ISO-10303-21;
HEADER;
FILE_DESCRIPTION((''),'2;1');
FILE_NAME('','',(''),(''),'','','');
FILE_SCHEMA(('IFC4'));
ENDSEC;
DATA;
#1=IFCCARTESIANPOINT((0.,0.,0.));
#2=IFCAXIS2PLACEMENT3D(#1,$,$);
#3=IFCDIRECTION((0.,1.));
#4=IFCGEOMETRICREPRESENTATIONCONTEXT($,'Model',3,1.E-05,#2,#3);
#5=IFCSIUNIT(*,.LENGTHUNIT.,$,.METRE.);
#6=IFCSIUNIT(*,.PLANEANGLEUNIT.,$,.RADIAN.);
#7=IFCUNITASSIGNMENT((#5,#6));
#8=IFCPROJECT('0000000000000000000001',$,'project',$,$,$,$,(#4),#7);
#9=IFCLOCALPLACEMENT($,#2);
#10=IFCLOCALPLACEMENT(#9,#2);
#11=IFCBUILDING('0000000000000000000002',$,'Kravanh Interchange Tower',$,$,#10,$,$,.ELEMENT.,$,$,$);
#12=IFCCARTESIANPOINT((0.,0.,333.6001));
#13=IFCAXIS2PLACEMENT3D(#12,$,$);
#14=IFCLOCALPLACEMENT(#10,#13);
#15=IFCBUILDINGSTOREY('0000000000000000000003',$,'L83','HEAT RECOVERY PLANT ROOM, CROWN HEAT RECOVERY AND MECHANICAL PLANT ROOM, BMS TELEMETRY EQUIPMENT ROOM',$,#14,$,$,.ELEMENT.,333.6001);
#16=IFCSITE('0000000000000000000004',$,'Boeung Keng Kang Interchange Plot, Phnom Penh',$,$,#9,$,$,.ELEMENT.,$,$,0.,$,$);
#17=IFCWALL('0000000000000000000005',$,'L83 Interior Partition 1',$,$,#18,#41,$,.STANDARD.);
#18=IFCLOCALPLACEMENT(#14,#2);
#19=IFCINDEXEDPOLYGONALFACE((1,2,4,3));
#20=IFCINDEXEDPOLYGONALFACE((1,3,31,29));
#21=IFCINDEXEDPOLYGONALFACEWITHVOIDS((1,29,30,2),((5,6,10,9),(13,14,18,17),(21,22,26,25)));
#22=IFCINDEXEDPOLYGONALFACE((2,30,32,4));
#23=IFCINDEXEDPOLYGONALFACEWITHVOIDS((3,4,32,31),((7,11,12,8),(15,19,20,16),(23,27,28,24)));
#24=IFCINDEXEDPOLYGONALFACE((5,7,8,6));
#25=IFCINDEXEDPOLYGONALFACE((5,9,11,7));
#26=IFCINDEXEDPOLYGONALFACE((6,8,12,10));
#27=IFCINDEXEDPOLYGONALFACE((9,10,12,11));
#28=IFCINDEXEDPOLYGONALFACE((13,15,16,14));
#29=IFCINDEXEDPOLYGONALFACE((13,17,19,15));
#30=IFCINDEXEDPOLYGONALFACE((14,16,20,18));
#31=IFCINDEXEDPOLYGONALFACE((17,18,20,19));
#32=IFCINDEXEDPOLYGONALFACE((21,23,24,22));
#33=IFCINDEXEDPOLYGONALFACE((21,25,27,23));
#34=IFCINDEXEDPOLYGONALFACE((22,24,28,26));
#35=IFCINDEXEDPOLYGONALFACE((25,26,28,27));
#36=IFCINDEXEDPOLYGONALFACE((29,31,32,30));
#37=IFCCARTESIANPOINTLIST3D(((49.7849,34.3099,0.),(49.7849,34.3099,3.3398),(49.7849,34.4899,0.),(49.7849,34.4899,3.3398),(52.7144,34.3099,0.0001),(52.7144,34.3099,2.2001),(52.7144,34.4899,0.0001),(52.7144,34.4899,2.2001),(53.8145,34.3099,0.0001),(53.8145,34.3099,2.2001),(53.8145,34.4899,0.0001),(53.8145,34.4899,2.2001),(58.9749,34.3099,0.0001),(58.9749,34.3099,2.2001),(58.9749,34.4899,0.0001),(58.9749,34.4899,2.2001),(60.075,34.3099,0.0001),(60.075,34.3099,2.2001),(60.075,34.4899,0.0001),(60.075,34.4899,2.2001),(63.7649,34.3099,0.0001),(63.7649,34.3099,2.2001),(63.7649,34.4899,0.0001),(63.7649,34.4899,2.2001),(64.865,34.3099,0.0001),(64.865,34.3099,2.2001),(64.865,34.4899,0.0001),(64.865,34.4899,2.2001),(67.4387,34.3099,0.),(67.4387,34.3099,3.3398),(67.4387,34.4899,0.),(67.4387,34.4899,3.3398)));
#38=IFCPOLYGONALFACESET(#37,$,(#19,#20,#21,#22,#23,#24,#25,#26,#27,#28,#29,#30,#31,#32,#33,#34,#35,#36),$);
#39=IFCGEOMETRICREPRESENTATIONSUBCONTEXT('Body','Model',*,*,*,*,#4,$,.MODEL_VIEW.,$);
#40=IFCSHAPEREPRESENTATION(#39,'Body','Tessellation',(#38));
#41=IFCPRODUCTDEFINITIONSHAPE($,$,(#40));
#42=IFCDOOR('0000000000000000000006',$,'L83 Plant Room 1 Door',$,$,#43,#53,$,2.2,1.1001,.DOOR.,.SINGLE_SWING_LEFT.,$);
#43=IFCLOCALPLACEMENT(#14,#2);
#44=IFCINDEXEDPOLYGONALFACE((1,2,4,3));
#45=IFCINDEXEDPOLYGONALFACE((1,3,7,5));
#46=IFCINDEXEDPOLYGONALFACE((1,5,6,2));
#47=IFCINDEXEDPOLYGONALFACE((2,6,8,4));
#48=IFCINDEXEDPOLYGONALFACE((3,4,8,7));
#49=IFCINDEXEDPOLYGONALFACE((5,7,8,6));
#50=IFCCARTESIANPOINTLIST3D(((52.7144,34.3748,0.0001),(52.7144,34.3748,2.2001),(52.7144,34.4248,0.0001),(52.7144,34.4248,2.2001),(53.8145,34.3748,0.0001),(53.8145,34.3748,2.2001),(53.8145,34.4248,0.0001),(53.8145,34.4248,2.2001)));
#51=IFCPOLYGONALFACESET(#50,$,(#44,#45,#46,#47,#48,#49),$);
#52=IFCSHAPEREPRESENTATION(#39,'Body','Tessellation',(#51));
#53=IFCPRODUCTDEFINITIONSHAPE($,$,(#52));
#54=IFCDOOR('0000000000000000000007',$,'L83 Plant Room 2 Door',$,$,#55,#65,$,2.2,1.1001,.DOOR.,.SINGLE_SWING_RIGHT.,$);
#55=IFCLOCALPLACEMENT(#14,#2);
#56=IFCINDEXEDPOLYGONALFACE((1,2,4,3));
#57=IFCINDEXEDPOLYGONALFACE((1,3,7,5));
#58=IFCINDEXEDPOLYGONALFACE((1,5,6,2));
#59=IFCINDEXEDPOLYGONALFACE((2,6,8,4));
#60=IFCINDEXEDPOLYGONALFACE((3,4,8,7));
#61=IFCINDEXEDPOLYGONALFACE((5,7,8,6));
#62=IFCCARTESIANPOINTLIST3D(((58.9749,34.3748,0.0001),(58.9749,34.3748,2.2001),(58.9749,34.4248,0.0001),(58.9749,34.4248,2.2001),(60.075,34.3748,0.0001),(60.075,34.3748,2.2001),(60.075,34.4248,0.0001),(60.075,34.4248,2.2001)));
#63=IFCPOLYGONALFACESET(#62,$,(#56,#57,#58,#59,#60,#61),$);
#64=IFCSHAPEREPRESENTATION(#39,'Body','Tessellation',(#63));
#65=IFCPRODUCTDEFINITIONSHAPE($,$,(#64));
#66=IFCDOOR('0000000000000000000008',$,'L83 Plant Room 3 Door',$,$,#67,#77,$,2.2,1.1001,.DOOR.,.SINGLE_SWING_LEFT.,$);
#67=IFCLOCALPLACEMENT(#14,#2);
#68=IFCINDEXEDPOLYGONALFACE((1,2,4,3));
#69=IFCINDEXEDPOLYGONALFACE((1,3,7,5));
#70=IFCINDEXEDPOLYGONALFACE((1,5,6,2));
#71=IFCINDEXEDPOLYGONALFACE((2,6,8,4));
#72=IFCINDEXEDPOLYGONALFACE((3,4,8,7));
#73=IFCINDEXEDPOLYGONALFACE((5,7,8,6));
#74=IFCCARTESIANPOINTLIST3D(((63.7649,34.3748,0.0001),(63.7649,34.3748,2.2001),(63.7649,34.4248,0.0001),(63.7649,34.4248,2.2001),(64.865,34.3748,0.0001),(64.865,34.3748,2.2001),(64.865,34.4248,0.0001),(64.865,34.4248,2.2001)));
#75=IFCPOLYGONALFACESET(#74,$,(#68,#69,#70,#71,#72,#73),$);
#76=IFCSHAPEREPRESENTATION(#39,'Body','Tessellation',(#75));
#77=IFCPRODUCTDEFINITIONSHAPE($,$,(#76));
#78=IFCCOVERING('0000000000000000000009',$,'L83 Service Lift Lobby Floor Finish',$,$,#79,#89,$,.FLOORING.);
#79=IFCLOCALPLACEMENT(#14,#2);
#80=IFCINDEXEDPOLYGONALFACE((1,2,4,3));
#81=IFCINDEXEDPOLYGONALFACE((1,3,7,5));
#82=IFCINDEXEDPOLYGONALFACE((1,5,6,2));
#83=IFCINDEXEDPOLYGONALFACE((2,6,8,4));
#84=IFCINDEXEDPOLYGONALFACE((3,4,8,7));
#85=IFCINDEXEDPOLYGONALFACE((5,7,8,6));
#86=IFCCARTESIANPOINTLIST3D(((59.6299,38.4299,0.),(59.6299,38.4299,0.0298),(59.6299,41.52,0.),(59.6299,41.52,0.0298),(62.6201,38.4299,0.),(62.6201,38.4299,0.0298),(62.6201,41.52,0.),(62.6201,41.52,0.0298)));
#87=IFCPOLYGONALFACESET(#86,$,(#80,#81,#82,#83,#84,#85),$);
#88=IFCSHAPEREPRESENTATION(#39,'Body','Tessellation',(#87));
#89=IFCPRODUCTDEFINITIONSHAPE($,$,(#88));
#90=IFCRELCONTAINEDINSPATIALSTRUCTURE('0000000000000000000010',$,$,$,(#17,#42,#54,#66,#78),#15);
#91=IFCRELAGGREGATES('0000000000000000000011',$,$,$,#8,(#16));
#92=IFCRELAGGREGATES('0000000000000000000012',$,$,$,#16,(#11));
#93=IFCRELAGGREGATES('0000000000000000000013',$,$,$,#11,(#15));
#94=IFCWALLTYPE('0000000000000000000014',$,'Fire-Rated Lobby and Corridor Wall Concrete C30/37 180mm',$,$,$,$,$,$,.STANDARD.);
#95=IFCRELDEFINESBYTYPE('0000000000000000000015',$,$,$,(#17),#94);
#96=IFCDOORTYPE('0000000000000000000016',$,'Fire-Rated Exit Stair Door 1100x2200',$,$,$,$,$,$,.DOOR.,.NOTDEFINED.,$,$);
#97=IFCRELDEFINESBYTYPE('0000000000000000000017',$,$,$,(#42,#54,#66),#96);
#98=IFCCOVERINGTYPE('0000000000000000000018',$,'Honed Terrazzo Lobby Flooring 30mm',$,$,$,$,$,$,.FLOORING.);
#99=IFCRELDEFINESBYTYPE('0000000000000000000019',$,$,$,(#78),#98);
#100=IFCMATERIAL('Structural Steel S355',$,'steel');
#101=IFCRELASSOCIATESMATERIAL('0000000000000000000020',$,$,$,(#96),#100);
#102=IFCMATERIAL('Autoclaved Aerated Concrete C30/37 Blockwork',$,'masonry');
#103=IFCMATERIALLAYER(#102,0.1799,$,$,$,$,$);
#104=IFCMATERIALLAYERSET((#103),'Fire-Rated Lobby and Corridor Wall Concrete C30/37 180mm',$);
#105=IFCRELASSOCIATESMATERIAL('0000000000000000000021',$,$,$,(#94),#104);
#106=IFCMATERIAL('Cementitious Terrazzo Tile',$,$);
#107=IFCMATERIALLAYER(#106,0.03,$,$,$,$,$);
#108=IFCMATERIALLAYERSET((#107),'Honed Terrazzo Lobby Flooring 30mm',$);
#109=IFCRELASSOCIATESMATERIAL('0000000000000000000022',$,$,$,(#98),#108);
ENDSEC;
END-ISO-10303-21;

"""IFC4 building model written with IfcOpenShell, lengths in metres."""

from ifc_helpers import new_model, si_unit, direction, frame, frame_2d, origin, place, context, subcontext, project, spatial, polyline, rectangle, outline, extrude, material, layer, layer_set, type_object, element, fill, save


model = new_model("IFC4")

# Units and contexts
model_context = context("Model", 3, precision=1e-05, world=origin(), true_north=direction((0.0, 1.0)))
body_context = subcontext(model_context, "Body", "Model", "MODEL_VIEW")
ifc_project = project(units=[si_unit("LENGTHUNIT", "METRE"), si_unit("PLANEANGLEUNIT", "RADIAN")], contexts=[model_context])

# Site, building, storey
site_placement = place(None, origin())
site = spatial("IfcSite", under=ifc_project, at=site_placement, Name="Boeung Keng Kang Interchange Plot, Phnom Penh", CompositionType="ELEMENT", RefElevation=0.0)
building_placement = place(site_placement, origin())
building = spatial("IfcBuilding", under=site, at=building_placement, Name="Kravanh Interchange Tower", CompositionType="ELEMENT")
storey_placement = place(building_placement, frame((0.0, 0.0, 333.6001)))
storey = spatial("IfcBuildingStorey", under=building, at=storey_placement, Name="L83", Description="HEAT RECOVERY PLANT ROOM, CROWN HEAT RECOVERY AND MECHANICAL PLANT ROOM, BMS TELEMETRY EQUIPMENT ROOM", CompositionType="ELEMENT", Elevation=333.6001)

# Shared definitions
ifc_material_1 = material(Name="Structural Steel S355", Category="steel")
door_type_1 = type_object("IfcDoorType", Name="Fire-Rated Exit Stair Door 1100x2200", OperationType="NOTDEFINED", PredefinedType="DOOR", material=ifc_material_1)

# Wall, openings, doors
ifc_material_2 = material(Name="Autoclaved Aerated Concrete C30/37 Blockwork", Category="masonry")
ifc_layer_1 = layer(ifc_material_2, 0.1799)
ifc_layer_set_1 = layer_set([ifc_layer_1], Name="Fire-Rated Lobby and Corridor Wall Concrete C30/37 180mm")
wall_type_1 = type_object("IfcWallType", Name="Fire-Rated Lobby and Corridor Wall Concrete C30/37 180mm", PredefinedType="STANDARD", material=ifc_layer_set_1)
wall_1_placement = place(storey_placement, frame((49.7849, 34.3999, 0.0), z_axis=(0.0, 0.0, 1.0), x_axis=(1.0, 0.0, 0.0)))
wall_1 = element("IfcWall", 1, at=wall_1_placement, inside=storey, type_object=wall_type_1, Name="L83 Interior Partition 1", PredefinedType="STANDARD", context=body_context, shape_type="SweptSolid", body=[
    extrude(rectangle(XDim=17.6538, YDim=0.1799, at=frame_2d((8.8269, 0.0))), origin(), (0.0, 0.0, 1.0), 3.3398),
])
opening_1_placement = place(wall_1_placement, frame((2.9294, 0.0, 0.0)))
opening_1 = element("IfcOpeningElement", 2, at=opening_1_placement, cuts=wall_1, PredefinedType="OPENING", context=body_context, shape_type="SweptSolid", body=[
    extrude(rectangle(XDim=1.1001, YDim=2.2, at=frame_2d((0.55, 1.1001))), frame((0.0, 0.1001, 0.0), z_axis=(0.0, -1.0, 0.0), x_axis=(1.0, 0.0, 0.0)), (0.0, 0.0, 1.0), 0.2),
])
opening_2_placement = place(wall_1_placement, frame((9.1899, 0.0, 0.0)))
opening_2 = element("IfcOpeningElement", 3, at=opening_2_placement, cuts=wall_1, PredefinedType="OPENING", context=body_context, shape_type="SweptSolid", body=[
    extrude(rectangle(XDim=1.1001, YDim=2.2, at=frame_2d((0.55, 1.1001))), frame((0.0, 0.1001, 0.0), z_axis=(0.0, -1.0, 0.0), x_axis=(1.0, 0.0, 0.0)), (0.0, 0.0, 1.0), 0.2),
])
opening_3_placement = place(wall_1_placement, frame((13.98, 0.0, 0.0)))
opening_3 = element("IfcOpeningElement", 4, at=opening_3_placement, cuts=wall_1, PredefinedType="OPENING", context=body_context, shape_type="SweptSolid", body=[
    extrude(rectangle(XDim=1.1001, YDim=2.2, at=frame_2d((0.55, 1.1001))), frame((0.0, 0.1001, 0.0), z_axis=(0.0, -1.0, 0.0), x_axis=(1.0, 0.0, 0.0)), (0.0, 0.0, 1.0), 0.2),
])
door_1_placement = place(opening_1_placement, origin())
door_1 = element("IfcDoor", 5, at=door_1_placement, inside=storey, type_object=door_type_1, Name="L83 Plant Room 1 Door", OperationType="SINGLE_SWING_LEFT", OverallHeight=2.2, OverallWidth=1.1001, PredefinedType="DOOR", context=body_context, shape_type="SweptSolid", body=[
    extrude(rectangle(XDim=1.1001, YDim=2.2, at=frame_2d((0.55, 1.1001))), frame((0.0, 0.0249, 0.0), z_axis=(0.0, -1.0, 0.0), x_axis=(1.0, 0.0, 0.0)), (0.0, 0.0, 1.0), 0.05),
])
fill(opening_1, door_1)
door_2_placement = place(opening_2_placement, origin())
door_2 = element("IfcDoor", 6, at=door_2_placement, inside=storey, type_object=door_type_1, Name="L83 Plant Room 2 Door", OperationType="SINGLE_SWING_RIGHT", OverallHeight=2.2, OverallWidth=1.1001, PredefinedType="DOOR", context=body_context, shape_type="SweptSolid", body=[
    extrude(rectangle(XDim=1.1001, YDim=2.2, at=frame_2d((0.55, 1.1001))), frame((0.0, 0.0249, 0.0), z_axis=(0.0, -1.0, 0.0), x_axis=(1.0, 0.0, 0.0)), (0.0, 0.0, 1.0), 0.05),
])
fill(opening_2, door_2)
door_3_placement = place(opening_3_placement, origin())
door_3 = element("IfcDoor", 7, at=door_3_placement, inside=storey, type_object=door_type_1, Name="L83 Plant Room 3 Door", OperationType="SINGLE_SWING_LEFT", OverallHeight=2.2, OverallWidth=1.1001, PredefinedType="DOOR", context=body_context, shape_type="SweptSolid", body=[
    extrude(rectangle(XDim=1.1001, YDim=2.2, at=frame_2d((0.55, 1.1001))), frame((0.0, 0.0249, 0.0), z_axis=(0.0, -1.0, 0.0), x_axis=(1.0, 0.0, 0.0)), (0.0, 0.0, 1.0), 0.05),
])
fill(opening_3, door_3)

# Covering
ifc_material_3 = material(Name="Cementitious Terrazzo Tile")
ifc_layer_2 = layer(ifc_material_3, 0.03)
ifc_layer_set_2 = layer_set([ifc_layer_2], Name="Honed Terrazzo Lobby Flooring 30mm")
covering_type = type_object("IfcCoveringType", Name="Honed Terrazzo Lobby Flooring 30mm", PredefinedType="FLOORING", material=ifc_layer_set_2)
covering_placement = place(storey_placement, origin())
element("IfcCovering", 8, at=covering_placement, inside=storey, type_object=covering_type, Name="L83 Service Lift Lobby Floor Finish", PredefinedType="FLOORING", context=body_context, shape_type="SweptSolid", body=[
    extrude(outline(polyline([(59.6299, 41.52), (62.6201, 41.52), (62.6201, 38.4299), (59.6299, 38.4299), (59.6299, 41.52)])), origin(), (0.0, 0.0, 1.0), 0.0298),
])

save(model, "model.ifc")
